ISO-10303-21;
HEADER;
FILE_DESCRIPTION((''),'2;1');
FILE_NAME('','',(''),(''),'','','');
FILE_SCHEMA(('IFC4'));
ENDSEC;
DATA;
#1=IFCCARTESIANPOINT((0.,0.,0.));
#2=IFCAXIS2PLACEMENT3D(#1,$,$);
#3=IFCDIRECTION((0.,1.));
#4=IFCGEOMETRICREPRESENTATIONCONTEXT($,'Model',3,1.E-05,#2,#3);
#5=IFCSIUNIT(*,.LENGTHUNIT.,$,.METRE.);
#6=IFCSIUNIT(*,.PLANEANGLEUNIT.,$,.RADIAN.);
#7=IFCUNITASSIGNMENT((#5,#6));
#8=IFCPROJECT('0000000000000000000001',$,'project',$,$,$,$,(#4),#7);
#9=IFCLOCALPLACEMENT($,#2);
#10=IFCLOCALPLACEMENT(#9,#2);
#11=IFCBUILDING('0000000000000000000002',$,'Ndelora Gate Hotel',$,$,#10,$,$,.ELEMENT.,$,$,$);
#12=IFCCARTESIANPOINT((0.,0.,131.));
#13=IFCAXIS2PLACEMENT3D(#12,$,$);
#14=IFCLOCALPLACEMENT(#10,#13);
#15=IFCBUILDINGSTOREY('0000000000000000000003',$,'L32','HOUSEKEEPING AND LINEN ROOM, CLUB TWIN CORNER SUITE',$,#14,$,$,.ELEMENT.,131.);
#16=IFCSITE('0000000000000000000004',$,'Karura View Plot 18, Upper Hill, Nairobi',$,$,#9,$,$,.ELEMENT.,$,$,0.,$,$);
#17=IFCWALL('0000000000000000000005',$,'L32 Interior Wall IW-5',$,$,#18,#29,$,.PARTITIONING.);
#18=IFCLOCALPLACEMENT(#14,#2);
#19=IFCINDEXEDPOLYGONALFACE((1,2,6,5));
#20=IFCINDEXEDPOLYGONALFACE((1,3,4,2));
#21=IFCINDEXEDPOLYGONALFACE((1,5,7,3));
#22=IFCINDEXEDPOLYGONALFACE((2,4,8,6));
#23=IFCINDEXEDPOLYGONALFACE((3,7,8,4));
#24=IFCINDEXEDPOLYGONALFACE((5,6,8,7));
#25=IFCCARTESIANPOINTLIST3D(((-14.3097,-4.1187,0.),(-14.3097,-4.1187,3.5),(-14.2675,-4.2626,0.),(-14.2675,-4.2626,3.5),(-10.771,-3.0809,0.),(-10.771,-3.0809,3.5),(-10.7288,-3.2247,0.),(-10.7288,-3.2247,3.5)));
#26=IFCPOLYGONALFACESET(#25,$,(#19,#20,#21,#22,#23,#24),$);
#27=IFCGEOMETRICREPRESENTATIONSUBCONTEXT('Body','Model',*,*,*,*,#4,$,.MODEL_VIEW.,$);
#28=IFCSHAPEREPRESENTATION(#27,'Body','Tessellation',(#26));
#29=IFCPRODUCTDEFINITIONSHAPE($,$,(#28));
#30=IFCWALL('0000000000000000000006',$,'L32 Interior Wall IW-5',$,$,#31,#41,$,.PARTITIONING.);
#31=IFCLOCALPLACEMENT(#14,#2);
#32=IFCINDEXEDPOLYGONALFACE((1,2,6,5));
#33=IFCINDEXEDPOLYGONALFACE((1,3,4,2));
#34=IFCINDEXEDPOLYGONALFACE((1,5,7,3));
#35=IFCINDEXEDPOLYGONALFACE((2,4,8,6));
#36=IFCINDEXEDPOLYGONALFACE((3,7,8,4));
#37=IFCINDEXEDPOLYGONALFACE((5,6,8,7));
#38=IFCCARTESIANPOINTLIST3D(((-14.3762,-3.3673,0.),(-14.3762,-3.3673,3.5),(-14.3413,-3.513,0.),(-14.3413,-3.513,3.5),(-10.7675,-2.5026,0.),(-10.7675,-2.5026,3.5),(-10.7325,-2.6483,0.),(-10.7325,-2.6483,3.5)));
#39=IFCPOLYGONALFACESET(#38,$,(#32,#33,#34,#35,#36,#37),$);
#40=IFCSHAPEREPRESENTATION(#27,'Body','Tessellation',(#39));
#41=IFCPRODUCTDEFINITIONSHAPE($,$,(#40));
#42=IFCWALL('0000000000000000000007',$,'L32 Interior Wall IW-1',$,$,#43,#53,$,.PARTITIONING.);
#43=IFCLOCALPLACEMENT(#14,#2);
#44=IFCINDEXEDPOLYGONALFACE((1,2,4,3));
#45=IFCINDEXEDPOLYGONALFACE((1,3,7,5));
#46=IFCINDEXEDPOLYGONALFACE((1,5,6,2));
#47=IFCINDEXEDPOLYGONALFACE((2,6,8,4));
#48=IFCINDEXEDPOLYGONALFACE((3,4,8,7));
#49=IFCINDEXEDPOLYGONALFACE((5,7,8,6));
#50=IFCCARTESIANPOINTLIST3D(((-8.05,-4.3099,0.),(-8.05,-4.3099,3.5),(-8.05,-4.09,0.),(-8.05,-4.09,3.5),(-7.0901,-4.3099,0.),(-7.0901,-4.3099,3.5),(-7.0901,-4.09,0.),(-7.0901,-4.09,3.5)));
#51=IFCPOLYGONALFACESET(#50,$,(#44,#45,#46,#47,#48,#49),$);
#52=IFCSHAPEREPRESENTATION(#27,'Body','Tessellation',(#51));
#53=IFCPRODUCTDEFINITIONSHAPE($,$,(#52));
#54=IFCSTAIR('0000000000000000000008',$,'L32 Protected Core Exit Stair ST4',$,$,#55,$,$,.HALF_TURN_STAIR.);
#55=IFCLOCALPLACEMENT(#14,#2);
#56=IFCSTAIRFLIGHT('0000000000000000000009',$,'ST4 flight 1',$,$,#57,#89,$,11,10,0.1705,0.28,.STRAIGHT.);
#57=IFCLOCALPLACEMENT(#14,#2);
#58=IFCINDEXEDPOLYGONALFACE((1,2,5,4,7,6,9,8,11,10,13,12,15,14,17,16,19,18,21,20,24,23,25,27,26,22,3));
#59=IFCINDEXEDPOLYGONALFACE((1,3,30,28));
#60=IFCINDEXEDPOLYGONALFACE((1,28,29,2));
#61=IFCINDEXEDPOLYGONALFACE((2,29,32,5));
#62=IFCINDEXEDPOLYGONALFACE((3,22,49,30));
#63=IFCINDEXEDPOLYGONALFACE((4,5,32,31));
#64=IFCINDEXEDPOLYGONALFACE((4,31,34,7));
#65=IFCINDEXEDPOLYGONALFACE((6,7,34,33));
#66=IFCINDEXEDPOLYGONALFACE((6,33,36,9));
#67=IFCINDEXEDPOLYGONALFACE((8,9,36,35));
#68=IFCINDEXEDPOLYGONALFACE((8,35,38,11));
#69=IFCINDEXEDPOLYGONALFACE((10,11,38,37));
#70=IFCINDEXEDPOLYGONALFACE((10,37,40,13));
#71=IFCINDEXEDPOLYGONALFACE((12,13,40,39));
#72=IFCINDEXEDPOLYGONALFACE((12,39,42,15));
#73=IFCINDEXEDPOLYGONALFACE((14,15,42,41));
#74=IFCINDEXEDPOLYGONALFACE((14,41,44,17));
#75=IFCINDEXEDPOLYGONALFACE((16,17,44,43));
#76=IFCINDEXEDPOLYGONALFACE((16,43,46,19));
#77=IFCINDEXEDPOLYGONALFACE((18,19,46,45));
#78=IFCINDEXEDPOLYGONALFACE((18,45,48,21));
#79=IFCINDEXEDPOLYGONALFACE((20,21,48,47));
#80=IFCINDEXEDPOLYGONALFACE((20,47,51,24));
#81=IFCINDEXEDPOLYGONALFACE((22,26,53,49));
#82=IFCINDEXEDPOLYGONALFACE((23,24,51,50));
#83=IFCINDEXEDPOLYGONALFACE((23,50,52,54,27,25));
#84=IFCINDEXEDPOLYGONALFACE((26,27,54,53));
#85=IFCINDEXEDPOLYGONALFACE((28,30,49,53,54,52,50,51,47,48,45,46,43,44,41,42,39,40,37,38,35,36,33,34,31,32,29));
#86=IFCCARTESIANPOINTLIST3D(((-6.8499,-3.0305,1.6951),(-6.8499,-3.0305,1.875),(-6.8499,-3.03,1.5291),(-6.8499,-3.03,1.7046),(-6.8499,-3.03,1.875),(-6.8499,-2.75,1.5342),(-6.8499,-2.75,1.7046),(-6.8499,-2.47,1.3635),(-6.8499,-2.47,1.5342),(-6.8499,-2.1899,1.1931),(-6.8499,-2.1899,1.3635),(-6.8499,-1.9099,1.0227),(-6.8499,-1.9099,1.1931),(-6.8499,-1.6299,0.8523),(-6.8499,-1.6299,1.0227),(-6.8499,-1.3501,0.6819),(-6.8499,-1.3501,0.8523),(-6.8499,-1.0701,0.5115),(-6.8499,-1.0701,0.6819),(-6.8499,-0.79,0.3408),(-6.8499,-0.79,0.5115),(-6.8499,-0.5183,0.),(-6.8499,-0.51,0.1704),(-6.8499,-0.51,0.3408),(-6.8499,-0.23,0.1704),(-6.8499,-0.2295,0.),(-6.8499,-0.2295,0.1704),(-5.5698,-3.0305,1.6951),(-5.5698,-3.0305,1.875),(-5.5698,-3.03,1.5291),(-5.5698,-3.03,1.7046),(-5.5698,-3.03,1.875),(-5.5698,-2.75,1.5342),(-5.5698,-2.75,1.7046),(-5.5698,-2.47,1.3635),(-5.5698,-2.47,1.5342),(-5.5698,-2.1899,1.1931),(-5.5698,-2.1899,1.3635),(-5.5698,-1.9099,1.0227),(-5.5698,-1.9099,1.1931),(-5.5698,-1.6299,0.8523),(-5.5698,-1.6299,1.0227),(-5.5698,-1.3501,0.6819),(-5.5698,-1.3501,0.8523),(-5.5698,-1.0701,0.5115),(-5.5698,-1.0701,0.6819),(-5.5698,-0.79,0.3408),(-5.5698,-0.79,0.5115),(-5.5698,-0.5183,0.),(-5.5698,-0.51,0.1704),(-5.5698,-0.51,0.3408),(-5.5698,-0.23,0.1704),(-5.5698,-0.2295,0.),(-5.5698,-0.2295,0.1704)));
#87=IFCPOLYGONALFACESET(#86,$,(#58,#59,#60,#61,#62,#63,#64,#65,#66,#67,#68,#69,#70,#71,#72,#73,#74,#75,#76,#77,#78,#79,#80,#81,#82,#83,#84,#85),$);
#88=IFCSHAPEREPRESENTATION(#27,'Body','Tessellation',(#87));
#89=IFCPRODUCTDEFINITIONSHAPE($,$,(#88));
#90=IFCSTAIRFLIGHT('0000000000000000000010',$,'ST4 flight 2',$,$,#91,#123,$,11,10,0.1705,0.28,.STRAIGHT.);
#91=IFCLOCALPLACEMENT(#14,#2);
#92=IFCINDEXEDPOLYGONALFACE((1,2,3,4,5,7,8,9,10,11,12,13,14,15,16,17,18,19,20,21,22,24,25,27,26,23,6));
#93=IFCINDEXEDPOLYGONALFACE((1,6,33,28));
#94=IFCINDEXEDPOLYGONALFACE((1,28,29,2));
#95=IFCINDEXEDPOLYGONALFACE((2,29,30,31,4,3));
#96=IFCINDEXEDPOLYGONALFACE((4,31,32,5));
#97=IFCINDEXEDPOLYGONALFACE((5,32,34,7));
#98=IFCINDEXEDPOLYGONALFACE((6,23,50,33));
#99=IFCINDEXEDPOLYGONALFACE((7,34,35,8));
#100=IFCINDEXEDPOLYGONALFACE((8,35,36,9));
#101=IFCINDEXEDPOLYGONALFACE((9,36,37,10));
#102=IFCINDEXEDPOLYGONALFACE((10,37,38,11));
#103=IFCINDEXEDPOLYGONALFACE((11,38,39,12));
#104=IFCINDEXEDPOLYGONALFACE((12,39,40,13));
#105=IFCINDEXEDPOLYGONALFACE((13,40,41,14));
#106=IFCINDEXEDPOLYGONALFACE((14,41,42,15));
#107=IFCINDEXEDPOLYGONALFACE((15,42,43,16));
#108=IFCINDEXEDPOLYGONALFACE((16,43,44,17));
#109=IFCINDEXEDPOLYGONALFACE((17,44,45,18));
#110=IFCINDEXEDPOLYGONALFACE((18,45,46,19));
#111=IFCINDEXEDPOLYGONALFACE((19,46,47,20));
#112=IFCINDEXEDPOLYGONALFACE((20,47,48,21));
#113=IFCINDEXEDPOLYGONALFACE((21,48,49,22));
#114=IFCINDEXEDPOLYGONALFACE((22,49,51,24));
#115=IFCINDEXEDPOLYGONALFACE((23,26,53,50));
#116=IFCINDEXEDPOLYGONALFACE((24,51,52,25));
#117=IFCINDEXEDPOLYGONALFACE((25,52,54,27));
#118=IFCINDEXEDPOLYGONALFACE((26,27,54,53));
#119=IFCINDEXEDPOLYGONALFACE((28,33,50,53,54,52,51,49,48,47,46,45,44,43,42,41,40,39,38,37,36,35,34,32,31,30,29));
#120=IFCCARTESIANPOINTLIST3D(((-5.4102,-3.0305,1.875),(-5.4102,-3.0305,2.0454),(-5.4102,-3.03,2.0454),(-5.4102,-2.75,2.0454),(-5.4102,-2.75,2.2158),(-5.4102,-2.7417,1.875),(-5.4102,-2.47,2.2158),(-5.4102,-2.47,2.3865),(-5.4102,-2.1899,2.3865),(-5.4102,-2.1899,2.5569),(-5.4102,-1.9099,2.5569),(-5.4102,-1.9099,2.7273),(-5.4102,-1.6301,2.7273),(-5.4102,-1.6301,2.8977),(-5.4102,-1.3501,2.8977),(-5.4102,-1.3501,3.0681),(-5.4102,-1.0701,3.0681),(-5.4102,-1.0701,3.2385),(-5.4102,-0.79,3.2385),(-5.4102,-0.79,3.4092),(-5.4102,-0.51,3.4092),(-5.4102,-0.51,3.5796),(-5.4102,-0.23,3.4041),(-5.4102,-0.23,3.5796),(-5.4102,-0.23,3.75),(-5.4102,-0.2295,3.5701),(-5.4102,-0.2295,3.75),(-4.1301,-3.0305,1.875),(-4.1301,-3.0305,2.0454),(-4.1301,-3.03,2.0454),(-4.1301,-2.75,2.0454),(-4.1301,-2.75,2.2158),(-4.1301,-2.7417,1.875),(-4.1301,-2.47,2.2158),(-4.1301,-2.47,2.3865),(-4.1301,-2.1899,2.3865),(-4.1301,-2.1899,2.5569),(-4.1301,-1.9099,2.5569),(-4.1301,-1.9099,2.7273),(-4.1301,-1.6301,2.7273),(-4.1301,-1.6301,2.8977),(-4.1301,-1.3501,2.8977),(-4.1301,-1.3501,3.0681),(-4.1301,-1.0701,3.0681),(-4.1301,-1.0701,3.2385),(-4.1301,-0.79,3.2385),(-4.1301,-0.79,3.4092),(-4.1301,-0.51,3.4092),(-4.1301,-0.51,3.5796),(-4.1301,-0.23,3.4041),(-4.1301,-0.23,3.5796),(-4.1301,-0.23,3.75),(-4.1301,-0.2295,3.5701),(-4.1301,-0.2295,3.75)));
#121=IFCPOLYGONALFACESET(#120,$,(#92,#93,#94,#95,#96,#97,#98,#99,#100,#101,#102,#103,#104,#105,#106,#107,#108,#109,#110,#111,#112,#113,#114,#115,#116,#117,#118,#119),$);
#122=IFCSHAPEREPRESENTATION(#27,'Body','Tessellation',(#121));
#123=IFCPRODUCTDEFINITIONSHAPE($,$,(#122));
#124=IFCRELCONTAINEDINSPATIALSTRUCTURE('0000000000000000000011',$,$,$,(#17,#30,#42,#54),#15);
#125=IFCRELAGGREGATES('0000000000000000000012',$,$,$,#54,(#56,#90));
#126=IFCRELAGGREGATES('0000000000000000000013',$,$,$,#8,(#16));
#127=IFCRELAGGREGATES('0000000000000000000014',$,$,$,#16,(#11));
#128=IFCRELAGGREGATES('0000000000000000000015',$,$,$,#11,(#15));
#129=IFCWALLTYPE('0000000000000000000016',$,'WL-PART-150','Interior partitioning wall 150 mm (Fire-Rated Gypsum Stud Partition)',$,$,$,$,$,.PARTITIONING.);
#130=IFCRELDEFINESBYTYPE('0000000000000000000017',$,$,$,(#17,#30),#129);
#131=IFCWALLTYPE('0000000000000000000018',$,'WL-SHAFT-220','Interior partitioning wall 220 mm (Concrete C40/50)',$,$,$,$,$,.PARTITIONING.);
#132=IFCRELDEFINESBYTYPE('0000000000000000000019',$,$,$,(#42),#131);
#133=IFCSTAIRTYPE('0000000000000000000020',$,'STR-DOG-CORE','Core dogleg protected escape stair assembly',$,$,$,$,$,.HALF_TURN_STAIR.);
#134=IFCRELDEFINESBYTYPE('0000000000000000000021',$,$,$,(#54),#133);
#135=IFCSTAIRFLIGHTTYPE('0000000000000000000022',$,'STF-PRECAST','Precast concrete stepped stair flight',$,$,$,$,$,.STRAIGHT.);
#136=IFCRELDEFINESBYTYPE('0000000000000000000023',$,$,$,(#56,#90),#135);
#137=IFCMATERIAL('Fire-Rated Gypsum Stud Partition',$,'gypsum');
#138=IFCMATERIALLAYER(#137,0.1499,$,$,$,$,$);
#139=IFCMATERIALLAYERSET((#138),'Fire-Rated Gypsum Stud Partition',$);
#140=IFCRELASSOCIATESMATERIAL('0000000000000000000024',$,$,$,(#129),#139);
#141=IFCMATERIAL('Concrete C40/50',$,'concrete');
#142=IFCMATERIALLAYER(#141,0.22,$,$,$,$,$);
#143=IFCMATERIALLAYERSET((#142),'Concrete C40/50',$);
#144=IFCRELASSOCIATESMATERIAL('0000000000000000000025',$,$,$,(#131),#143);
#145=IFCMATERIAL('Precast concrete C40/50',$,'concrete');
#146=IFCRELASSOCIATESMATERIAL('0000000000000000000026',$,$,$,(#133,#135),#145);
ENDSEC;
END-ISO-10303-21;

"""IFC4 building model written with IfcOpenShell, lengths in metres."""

from ifc_helpers import new_model, si_unit, direction, frame, frame_2d, origin, place, context, subcontext, project, spatial, polyline, rectangle, outline, extrude, material, layer, layer_set, type_object, element, aggregate, save


model = new_model("IFC4")

# Units and contexts
model_context = context("Model", 3, precision=1e-05, world=origin(), true_north=direction((0.0, 1.0)))
body_context = subcontext(model_context, "Body", "Model", "MODEL_VIEW")
ifc_project = project(units=[si_unit("LENGTHUNIT", "METRE"), si_unit("PLANEANGLEUNIT", "RADIAN")], contexts=[model_context])

# Site, building, storey
site_placement = place(None, origin())
site = spatial("IfcSite", under=ifc_project, at=site_placement, Name="Karura View Plot 18, Upper Hill, Nairobi", CompositionType="ELEMENT", RefElevation=0.0)
building_placement = place(site_placement, origin())
building = spatial("IfcBuilding", under=site, at=building_placement, Name="Ndelora Gate Hotel", CompositionType="ELEMENT")
storey_placement = place(building_placement, frame((0.0, 0.0, 131.0)))
storey = spatial("IfcBuildingStorey", under=building, at=storey_placement, Name="L32", Description="HOUSEKEEPING AND LINEN ROOM, CLUB TWIN CORNER SUITE", CompositionType="ELEMENT", Elevation=131.0)

# Shared definitions
ifc_material_1 = material(Name="Fire-Rated Gypsum Stud Partition", Category="gypsum")
ifc_layer_1 = layer(ifc_material_1, 0.1499)
ifc_layer_set_1 = layer_set([ifc_layer_1], Name="Fire-Rated Gypsum Stud Partition")
wall_type_1 = type_object("IfcWallType", Name="WL-PART-150", Description="Interior partitioning wall 150 mm (Fire-Rated Gypsum Stud Partition)", PredefinedType="PARTITIONING", material=ifc_layer_set_1)

# Walls
wall_1_placement = place(storey_placement, frame((-10.75, -3.1528, 0.0), z_axis=(0.0, 0.0, 1.0), x_axis=(-0.959579, -0.281439, 0.0)))
element("IfcWall", 1, at=wall_1_placement, inside=storey, type_object=wall_type_1, Name="L32 Interior Wall IW-5", PredefinedType="PARTITIONING", context=body_context, shape_type="SweptSolid", body=[
    extrude(rectangle(XDim=3.6877, YDim=0.1499, at=frame_2d((1.8438, 0.0))), origin(), (0.0, 0.0, 1.0), 3.5),
])
wall_2_placement = place(storey_placement, frame((-10.75, -2.5754, 0.0), z_axis=(0.0, 0.0, 1.0), x_axis=(-0.972472, -0.23302, 0.0)))
element("IfcWall", 2, at=wall_2_placement, inside=storey, type_object=wall_type_1, Name="L32 Interior Wall IW-5", PredefinedType="PARTITIONING", context=body_context, shape_type="SweptSolid", body=[
    extrude(rectangle(XDim=3.7109, YDim=0.1499, at=frame_2d((1.8555, 0.0))), origin(), (0.0, 0.0, 1.0), 3.5),
])
ifc_material_2 = material(Name="Concrete C40/50", Category="concrete")
ifc_layer_2 = layer(ifc_material_2, 0.22)
ifc_layer_set_2 = layer_set([ifc_layer_2], Name="Concrete C40/50")
wall_type_2 = type_object("IfcWallType", Name="WL-SHAFT-220", Description="Interior partitioning wall 220 mm (Concrete C40/50)", PredefinedType="PARTITIONING", material=ifc_layer_set_2)
wall_3_placement = place(storey_placement, frame((-8.05, -4.2, 0.0), z_axis=(0.0, 0.0, 1.0), x_axis=(1.0, 0.0, 0.0)))
element("IfcWall", 3, at=wall_3_placement, inside=storey, type_object=wall_type_2, Name="L32 Interior Wall IW-1", PredefinedType="PARTITIONING", context=body_context, shape_type="SweptSolid", body=[
    extrude(rectangle(XDim=0.96, YDim=0.22, at=frame_2d((0.48, 0.0))), origin(), (0.0, 0.0, 1.0), 3.5),
])

# Stair, stair flights
ifc_material_3 = material(Name="Precast concrete C40/50", Category="concrete")
stair_type = type_object("IfcStairType", Name="STR-DOG-CORE", Description="Core dogleg protected escape stair assembly", PredefinedType="HALF_TURN_STAIR", material=ifc_material_3)
stair_placement = place(storey_placement, origin())
stair = element("IfcStair", 4, at=stair_placement, inside=storey, type_object=stair_type, Name="L32 Protected Core Exit Stair ST4", PredefinedType="HALF_TURN_STAIR")
stair_flight_type = type_object("IfcStairFlightType", Name="STF-PRECAST", Description="Precast concrete stepped stair flight", PredefinedType="STRAIGHT", material=ifc_material_3)
stair_flight_1_placement = place(storey_placement, frame((-6.21, -0.23, 0.0), z_axis=(0.0, 0.0, 1.0), x_axis=(0.0, -1.0, 0.0)))
stair_flight_1 = element("IfcStairFlight", 5, at=stair_flight_1_placement, type_object=stair_flight_type, Name="ST4 flight 1", NumberOfRisers=11, NumberOfTreads=10, PredefinedType="STRAIGHT", RiserHeight=0.1705, TreadLength=0.28, context=body_context, shape_type="SweptSolid", body=[
    extrude(outline(polyline([(-0.0005, 0.0), (-0.0005, 0.1704), (0.0, 0.1704), (0.28, 0.1704), (0.28, 0.3408), (0.5601, 0.3408), (0.5601, 0.5115), (0.8401, 0.5115), (0.8401, 0.6819), (1.1201, 0.6819), (1.1201, 0.8523), (1.3999, 0.8523), (1.3999, 1.0227), (1.6799, 1.0227), (1.6799, 1.1931), (1.96, 1.1931), (1.96, 1.3635), (2.24, 1.3635), (2.24, 1.5342), (2.52, 1.5342), (2.52, 1.7046), (2.8, 1.7046), (2.8, 1.875), (2.8005, 1.875), (2.8005, 1.6951), (2.8, 1.5291), (0.2883, 0.0), (-0.0005, 0.0)])), frame((0.0, 0.6401, 0.0), z_axis=(0.0, -1.0, 0.0), x_axis=(1.0, 0.0, 0.0)), (0.0, 0.0, 1.0), 1.28),
])
stair_flight_2_placement = place(storey_placement, frame((-4.77, -3.03, 1.875), z_axis=(0.0, 0.0, 1.0), x_axis=(0.0, 1.0, 0.0)))
stair_flight_2 = element("IfcStairFlight", 6, at=stair_flight_2_placement, type_object=stair_flight_type, Name="ST4 flight 2", NumberOfRisers=11, NumberOfTreads=10, PredefinedType="STRAIGHT", RiserHeight=0.1705, TreadLength=0.28, context=body_context, shape_type="SweptSolid", body=[
    extrude(outline(polyline([(-0.0005, 0.0), (-0.0005, 0.1704), (0.0, 0.1704), (0.28, 0.1704), (0.28, 0.3408), (0.5601, 0.3408), (0.5601, 0.5115), (0.8401, 0.5115), (0.8401, 0.6819), (1.1201, 0.6819), (1.1201, 0.8523), (1.3999, 0.8523), (1.3999, 1.0227), (1.6799, 1.0227), (1.6799, 1.1931), (1.96, 1.1931), (1.96, 1.3635), (2.24, 1.3635), (2.24, 1.5342), (2.52, 1.5342), (2.52, 1.7046), (2.8, 1.7046), (2.8, 1.875), (2.8005, 1.875), (2.8005, 1.6951), (2.8, 1.5291), (0.2883, 0.0), (-0.0005, 0.0)])), frame((0.0, 0.6401, 0.0), z_axis=(0.0, -1.0, 0.0), x_axis=(1.0, 0.0, 0.0)), (0.0, 0.0, 1.0), 1.28),
])
aggregate(stair, [stair_flight_1, stair_flight_2])

save(model, "model.ifc")
